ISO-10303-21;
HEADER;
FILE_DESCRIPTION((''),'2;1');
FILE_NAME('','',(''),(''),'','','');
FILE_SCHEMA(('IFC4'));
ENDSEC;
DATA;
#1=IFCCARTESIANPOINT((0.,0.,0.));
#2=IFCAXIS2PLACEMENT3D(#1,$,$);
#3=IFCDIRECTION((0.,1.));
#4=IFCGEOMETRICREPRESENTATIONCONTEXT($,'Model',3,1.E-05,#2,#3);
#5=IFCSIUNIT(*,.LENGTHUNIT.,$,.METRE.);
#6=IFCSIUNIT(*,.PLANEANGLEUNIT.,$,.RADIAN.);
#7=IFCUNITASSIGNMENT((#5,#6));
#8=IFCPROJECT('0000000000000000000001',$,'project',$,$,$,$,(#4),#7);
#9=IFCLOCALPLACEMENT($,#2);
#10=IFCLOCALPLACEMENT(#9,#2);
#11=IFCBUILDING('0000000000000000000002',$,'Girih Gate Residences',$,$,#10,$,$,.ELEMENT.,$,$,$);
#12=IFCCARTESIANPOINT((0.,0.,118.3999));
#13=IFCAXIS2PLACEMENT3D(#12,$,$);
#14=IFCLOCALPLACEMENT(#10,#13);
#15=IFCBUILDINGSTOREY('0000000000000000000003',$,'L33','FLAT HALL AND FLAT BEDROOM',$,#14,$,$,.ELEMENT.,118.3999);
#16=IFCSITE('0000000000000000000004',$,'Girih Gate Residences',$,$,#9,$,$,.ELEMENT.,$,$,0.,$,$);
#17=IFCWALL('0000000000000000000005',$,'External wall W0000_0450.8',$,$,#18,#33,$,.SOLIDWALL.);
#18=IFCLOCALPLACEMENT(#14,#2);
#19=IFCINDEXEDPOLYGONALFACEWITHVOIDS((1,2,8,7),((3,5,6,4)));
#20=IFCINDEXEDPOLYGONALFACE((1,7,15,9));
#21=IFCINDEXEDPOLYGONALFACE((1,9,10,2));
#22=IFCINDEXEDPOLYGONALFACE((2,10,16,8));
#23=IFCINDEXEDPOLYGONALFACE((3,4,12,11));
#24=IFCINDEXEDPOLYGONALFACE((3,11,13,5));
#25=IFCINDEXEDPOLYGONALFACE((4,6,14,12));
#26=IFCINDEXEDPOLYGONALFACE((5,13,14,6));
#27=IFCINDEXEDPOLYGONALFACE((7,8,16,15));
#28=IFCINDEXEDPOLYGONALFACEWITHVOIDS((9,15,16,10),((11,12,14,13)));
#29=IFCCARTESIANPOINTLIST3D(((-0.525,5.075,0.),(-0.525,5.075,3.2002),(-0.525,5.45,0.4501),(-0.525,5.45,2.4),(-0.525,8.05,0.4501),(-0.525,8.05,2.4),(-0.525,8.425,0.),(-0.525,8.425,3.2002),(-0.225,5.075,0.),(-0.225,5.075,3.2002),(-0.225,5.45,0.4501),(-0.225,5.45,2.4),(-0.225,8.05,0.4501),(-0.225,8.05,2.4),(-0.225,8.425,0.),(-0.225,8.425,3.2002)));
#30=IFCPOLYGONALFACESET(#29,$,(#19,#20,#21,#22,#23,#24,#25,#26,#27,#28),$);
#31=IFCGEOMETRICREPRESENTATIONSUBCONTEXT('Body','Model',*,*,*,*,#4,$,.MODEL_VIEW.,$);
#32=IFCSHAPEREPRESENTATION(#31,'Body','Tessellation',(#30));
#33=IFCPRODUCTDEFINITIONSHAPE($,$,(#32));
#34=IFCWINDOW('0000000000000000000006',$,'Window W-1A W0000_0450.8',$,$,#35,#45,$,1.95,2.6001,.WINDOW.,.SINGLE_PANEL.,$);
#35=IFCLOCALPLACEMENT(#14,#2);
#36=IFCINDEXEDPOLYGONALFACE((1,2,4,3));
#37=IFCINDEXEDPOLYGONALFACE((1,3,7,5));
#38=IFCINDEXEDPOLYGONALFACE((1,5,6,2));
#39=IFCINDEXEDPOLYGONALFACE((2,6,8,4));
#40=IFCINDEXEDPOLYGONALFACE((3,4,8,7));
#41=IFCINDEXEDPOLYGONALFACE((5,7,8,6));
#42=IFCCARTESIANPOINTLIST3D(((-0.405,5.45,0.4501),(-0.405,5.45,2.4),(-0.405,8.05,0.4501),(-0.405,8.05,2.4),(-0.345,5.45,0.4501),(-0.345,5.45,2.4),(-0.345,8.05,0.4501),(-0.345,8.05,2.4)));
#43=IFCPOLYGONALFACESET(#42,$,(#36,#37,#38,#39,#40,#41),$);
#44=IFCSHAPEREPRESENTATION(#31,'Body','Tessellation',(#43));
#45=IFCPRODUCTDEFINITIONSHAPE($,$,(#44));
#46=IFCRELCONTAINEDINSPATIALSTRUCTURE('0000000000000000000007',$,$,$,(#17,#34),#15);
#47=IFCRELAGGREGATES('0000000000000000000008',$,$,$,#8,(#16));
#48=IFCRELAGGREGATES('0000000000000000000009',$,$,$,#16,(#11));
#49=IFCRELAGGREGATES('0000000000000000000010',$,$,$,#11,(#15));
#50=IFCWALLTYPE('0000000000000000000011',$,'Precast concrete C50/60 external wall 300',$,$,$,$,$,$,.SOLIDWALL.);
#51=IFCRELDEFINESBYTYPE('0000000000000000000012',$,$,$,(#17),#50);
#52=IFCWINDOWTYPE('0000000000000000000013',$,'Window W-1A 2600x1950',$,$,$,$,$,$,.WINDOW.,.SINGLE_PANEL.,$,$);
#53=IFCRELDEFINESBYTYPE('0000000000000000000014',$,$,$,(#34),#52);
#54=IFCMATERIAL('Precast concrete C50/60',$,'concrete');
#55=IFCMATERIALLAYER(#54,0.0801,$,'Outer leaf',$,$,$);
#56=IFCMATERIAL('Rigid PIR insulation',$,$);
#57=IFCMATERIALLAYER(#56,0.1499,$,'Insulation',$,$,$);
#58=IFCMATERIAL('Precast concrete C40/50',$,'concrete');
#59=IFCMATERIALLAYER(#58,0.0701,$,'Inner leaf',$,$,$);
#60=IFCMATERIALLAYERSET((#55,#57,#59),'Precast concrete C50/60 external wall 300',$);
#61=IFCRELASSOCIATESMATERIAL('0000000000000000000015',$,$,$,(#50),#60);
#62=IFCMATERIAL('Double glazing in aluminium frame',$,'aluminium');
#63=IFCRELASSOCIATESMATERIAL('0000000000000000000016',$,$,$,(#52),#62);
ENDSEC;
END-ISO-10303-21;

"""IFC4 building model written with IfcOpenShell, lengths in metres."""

from ifc_helpers import new_model, si_unit, direction, frame, frame_2d, origin, place, context, subcontext, project, spatial, rectangle, extrude, material, layer, layer_set, type_object, element, fill, save


model = new_model("IFC4")

# Units and contexts
model_context = context("Model", 3, precision=1e-05, world=origin(), true_north=direction((0.0, 1.0)))
body_context = subcontext(model_context, "Body", "Model", "MODEL_VIEW")
ifc_project = project(units=[si_unit("LENGTHUNIT", "METRE"), si_unit("PLANEANGLEUNIT", "RADIAN")], contexts=[model_context])

# Site, building, storey
site_placement = place(None, origin())
site = spatial("IfcSite", under=ifc_project, at=site_placement, Name="Girih Gate Residences", CompositionType="ELEMENT", RefElevation=0.0)
building_placement = place(site_placement, origin())
building = spatial("IfcBuilding", under=site, at=building_placement, Name="Girih Gate Residences", CompositionType="ELEMENT")
storey_placement = place(building_placement, frame((0.0, 0.0, 118.3999)))
storey = spatial("IfcBuildingStorey", under=building, at=storey_placement, Name="L33", Description="FLAT HALL AND FLAT BEDROOM", CompositionType="ELEMENT", Elevation=118.3999)

# Wall, opening, window
ifc_material_1 = material(Name="Precast concrete C50/60", Category="concrete")
ifc_layer_1 = layer(ifc_material_1, 0.0801, Name="Outer leaf")
ifc_material_2 = material(Name="Rigid PIR insulation")
ifc_layer_2 = layer(ifc_material_2, 0.1499, Name="Insulation")
ifc_material_3 = material(Name="Precast concrete C40/50", Category="concrete")
ifc_layer_3 = layer(ifc_material_3, 0.0701, Name="Inner leaf")
ifc_layer_set_1 = layer_set([ifc_layer_1, ifc_layer_2, ifc_layer_3], Name="Precast concrete C50/60 external wall 300")
wall_type_1 = type_object("IfcWallType", Name="Precast concrete C50/60 external wall 300", PredefinedType="SOLIDWALL", material=ifc_layer_set_1)
ifc_material_4 = material(Name="Double glazing in aluminium frame", Category="aluminium")
window_type = type_object("IfcWindowType", Name="Window W-1A 2600x1950", PartitioningType="SINGLE_PANEL", PredefinedType="WINDOW", material=ifc_material_4)
wall_1_placement = place(storey_placement, frame((-0.375, 5.075, 0.0), z_axis=(0.0, 0.0, 1.0), x_axis=(0.0, 1.0, 0.0)))
wall_1 = element("IfcWall", 1, at=wall_1_placement, inside=storey, type_object=wall_type_1, Name="External wall W0000_0450.8", PredefinedType="SOLIDWALL", context=body_context, shape_type="SweptSolid", body=[
    extrude(rectangle(XDim=3.3501, YDim=0.3, at=frame_2d((1.675, 0.0))), origin(), (0.0, 0.0, 1.0), 3.2002),
])
opening_1_placement = place(wall_1_placement, frame((0.375, 0.0, 0.45)))
opening_1 = element("IfcOpeningElement", 2, at=opening_1_placement, cuts=wall_1, PredefinedType="OPENING", context=body_context, shape_type="SweptSolid", body=[
    extrude(rectangle(XDim=2.6001, YDim=1.95, at=frame_2d((1.3, 0.9751))), frame((0.0, 0.1599, 0.0), z_axis=(0.0, -1.0, 0.0), x_axis=(1.0, 0.0, 0.0)), (0.0, 0.0, 1.0), 0.3201),
])
window_1_placement = place(opening_1_placement, origin())
window_1 = element("IfcWindow", 3, at=window_1_placement, inside=storey, type_object=window_type, Name="Window W-1A W0000_0450.8", OverallHeight=1.95, OverallWidth=2.6001, PartitioningType="SINGLE_PANEL", PredefinedType="WINDOW", context=body_context, shape_type="SweptSolid", body=[
    extrude(rectangle(XDim=2.6001, YDim=1.95, at=frame_2d((1.3, 0.9751))), frame((0.0, 0.03, 0.0), z_axis=(0.0, -1.0, 0.0), x_axis=(1.0, 0.0, 0.0)), (0.0, 0.0, 1.0), 0.0601),
])
fill(opening_1, window_1)

save(model, "model.ifc")
